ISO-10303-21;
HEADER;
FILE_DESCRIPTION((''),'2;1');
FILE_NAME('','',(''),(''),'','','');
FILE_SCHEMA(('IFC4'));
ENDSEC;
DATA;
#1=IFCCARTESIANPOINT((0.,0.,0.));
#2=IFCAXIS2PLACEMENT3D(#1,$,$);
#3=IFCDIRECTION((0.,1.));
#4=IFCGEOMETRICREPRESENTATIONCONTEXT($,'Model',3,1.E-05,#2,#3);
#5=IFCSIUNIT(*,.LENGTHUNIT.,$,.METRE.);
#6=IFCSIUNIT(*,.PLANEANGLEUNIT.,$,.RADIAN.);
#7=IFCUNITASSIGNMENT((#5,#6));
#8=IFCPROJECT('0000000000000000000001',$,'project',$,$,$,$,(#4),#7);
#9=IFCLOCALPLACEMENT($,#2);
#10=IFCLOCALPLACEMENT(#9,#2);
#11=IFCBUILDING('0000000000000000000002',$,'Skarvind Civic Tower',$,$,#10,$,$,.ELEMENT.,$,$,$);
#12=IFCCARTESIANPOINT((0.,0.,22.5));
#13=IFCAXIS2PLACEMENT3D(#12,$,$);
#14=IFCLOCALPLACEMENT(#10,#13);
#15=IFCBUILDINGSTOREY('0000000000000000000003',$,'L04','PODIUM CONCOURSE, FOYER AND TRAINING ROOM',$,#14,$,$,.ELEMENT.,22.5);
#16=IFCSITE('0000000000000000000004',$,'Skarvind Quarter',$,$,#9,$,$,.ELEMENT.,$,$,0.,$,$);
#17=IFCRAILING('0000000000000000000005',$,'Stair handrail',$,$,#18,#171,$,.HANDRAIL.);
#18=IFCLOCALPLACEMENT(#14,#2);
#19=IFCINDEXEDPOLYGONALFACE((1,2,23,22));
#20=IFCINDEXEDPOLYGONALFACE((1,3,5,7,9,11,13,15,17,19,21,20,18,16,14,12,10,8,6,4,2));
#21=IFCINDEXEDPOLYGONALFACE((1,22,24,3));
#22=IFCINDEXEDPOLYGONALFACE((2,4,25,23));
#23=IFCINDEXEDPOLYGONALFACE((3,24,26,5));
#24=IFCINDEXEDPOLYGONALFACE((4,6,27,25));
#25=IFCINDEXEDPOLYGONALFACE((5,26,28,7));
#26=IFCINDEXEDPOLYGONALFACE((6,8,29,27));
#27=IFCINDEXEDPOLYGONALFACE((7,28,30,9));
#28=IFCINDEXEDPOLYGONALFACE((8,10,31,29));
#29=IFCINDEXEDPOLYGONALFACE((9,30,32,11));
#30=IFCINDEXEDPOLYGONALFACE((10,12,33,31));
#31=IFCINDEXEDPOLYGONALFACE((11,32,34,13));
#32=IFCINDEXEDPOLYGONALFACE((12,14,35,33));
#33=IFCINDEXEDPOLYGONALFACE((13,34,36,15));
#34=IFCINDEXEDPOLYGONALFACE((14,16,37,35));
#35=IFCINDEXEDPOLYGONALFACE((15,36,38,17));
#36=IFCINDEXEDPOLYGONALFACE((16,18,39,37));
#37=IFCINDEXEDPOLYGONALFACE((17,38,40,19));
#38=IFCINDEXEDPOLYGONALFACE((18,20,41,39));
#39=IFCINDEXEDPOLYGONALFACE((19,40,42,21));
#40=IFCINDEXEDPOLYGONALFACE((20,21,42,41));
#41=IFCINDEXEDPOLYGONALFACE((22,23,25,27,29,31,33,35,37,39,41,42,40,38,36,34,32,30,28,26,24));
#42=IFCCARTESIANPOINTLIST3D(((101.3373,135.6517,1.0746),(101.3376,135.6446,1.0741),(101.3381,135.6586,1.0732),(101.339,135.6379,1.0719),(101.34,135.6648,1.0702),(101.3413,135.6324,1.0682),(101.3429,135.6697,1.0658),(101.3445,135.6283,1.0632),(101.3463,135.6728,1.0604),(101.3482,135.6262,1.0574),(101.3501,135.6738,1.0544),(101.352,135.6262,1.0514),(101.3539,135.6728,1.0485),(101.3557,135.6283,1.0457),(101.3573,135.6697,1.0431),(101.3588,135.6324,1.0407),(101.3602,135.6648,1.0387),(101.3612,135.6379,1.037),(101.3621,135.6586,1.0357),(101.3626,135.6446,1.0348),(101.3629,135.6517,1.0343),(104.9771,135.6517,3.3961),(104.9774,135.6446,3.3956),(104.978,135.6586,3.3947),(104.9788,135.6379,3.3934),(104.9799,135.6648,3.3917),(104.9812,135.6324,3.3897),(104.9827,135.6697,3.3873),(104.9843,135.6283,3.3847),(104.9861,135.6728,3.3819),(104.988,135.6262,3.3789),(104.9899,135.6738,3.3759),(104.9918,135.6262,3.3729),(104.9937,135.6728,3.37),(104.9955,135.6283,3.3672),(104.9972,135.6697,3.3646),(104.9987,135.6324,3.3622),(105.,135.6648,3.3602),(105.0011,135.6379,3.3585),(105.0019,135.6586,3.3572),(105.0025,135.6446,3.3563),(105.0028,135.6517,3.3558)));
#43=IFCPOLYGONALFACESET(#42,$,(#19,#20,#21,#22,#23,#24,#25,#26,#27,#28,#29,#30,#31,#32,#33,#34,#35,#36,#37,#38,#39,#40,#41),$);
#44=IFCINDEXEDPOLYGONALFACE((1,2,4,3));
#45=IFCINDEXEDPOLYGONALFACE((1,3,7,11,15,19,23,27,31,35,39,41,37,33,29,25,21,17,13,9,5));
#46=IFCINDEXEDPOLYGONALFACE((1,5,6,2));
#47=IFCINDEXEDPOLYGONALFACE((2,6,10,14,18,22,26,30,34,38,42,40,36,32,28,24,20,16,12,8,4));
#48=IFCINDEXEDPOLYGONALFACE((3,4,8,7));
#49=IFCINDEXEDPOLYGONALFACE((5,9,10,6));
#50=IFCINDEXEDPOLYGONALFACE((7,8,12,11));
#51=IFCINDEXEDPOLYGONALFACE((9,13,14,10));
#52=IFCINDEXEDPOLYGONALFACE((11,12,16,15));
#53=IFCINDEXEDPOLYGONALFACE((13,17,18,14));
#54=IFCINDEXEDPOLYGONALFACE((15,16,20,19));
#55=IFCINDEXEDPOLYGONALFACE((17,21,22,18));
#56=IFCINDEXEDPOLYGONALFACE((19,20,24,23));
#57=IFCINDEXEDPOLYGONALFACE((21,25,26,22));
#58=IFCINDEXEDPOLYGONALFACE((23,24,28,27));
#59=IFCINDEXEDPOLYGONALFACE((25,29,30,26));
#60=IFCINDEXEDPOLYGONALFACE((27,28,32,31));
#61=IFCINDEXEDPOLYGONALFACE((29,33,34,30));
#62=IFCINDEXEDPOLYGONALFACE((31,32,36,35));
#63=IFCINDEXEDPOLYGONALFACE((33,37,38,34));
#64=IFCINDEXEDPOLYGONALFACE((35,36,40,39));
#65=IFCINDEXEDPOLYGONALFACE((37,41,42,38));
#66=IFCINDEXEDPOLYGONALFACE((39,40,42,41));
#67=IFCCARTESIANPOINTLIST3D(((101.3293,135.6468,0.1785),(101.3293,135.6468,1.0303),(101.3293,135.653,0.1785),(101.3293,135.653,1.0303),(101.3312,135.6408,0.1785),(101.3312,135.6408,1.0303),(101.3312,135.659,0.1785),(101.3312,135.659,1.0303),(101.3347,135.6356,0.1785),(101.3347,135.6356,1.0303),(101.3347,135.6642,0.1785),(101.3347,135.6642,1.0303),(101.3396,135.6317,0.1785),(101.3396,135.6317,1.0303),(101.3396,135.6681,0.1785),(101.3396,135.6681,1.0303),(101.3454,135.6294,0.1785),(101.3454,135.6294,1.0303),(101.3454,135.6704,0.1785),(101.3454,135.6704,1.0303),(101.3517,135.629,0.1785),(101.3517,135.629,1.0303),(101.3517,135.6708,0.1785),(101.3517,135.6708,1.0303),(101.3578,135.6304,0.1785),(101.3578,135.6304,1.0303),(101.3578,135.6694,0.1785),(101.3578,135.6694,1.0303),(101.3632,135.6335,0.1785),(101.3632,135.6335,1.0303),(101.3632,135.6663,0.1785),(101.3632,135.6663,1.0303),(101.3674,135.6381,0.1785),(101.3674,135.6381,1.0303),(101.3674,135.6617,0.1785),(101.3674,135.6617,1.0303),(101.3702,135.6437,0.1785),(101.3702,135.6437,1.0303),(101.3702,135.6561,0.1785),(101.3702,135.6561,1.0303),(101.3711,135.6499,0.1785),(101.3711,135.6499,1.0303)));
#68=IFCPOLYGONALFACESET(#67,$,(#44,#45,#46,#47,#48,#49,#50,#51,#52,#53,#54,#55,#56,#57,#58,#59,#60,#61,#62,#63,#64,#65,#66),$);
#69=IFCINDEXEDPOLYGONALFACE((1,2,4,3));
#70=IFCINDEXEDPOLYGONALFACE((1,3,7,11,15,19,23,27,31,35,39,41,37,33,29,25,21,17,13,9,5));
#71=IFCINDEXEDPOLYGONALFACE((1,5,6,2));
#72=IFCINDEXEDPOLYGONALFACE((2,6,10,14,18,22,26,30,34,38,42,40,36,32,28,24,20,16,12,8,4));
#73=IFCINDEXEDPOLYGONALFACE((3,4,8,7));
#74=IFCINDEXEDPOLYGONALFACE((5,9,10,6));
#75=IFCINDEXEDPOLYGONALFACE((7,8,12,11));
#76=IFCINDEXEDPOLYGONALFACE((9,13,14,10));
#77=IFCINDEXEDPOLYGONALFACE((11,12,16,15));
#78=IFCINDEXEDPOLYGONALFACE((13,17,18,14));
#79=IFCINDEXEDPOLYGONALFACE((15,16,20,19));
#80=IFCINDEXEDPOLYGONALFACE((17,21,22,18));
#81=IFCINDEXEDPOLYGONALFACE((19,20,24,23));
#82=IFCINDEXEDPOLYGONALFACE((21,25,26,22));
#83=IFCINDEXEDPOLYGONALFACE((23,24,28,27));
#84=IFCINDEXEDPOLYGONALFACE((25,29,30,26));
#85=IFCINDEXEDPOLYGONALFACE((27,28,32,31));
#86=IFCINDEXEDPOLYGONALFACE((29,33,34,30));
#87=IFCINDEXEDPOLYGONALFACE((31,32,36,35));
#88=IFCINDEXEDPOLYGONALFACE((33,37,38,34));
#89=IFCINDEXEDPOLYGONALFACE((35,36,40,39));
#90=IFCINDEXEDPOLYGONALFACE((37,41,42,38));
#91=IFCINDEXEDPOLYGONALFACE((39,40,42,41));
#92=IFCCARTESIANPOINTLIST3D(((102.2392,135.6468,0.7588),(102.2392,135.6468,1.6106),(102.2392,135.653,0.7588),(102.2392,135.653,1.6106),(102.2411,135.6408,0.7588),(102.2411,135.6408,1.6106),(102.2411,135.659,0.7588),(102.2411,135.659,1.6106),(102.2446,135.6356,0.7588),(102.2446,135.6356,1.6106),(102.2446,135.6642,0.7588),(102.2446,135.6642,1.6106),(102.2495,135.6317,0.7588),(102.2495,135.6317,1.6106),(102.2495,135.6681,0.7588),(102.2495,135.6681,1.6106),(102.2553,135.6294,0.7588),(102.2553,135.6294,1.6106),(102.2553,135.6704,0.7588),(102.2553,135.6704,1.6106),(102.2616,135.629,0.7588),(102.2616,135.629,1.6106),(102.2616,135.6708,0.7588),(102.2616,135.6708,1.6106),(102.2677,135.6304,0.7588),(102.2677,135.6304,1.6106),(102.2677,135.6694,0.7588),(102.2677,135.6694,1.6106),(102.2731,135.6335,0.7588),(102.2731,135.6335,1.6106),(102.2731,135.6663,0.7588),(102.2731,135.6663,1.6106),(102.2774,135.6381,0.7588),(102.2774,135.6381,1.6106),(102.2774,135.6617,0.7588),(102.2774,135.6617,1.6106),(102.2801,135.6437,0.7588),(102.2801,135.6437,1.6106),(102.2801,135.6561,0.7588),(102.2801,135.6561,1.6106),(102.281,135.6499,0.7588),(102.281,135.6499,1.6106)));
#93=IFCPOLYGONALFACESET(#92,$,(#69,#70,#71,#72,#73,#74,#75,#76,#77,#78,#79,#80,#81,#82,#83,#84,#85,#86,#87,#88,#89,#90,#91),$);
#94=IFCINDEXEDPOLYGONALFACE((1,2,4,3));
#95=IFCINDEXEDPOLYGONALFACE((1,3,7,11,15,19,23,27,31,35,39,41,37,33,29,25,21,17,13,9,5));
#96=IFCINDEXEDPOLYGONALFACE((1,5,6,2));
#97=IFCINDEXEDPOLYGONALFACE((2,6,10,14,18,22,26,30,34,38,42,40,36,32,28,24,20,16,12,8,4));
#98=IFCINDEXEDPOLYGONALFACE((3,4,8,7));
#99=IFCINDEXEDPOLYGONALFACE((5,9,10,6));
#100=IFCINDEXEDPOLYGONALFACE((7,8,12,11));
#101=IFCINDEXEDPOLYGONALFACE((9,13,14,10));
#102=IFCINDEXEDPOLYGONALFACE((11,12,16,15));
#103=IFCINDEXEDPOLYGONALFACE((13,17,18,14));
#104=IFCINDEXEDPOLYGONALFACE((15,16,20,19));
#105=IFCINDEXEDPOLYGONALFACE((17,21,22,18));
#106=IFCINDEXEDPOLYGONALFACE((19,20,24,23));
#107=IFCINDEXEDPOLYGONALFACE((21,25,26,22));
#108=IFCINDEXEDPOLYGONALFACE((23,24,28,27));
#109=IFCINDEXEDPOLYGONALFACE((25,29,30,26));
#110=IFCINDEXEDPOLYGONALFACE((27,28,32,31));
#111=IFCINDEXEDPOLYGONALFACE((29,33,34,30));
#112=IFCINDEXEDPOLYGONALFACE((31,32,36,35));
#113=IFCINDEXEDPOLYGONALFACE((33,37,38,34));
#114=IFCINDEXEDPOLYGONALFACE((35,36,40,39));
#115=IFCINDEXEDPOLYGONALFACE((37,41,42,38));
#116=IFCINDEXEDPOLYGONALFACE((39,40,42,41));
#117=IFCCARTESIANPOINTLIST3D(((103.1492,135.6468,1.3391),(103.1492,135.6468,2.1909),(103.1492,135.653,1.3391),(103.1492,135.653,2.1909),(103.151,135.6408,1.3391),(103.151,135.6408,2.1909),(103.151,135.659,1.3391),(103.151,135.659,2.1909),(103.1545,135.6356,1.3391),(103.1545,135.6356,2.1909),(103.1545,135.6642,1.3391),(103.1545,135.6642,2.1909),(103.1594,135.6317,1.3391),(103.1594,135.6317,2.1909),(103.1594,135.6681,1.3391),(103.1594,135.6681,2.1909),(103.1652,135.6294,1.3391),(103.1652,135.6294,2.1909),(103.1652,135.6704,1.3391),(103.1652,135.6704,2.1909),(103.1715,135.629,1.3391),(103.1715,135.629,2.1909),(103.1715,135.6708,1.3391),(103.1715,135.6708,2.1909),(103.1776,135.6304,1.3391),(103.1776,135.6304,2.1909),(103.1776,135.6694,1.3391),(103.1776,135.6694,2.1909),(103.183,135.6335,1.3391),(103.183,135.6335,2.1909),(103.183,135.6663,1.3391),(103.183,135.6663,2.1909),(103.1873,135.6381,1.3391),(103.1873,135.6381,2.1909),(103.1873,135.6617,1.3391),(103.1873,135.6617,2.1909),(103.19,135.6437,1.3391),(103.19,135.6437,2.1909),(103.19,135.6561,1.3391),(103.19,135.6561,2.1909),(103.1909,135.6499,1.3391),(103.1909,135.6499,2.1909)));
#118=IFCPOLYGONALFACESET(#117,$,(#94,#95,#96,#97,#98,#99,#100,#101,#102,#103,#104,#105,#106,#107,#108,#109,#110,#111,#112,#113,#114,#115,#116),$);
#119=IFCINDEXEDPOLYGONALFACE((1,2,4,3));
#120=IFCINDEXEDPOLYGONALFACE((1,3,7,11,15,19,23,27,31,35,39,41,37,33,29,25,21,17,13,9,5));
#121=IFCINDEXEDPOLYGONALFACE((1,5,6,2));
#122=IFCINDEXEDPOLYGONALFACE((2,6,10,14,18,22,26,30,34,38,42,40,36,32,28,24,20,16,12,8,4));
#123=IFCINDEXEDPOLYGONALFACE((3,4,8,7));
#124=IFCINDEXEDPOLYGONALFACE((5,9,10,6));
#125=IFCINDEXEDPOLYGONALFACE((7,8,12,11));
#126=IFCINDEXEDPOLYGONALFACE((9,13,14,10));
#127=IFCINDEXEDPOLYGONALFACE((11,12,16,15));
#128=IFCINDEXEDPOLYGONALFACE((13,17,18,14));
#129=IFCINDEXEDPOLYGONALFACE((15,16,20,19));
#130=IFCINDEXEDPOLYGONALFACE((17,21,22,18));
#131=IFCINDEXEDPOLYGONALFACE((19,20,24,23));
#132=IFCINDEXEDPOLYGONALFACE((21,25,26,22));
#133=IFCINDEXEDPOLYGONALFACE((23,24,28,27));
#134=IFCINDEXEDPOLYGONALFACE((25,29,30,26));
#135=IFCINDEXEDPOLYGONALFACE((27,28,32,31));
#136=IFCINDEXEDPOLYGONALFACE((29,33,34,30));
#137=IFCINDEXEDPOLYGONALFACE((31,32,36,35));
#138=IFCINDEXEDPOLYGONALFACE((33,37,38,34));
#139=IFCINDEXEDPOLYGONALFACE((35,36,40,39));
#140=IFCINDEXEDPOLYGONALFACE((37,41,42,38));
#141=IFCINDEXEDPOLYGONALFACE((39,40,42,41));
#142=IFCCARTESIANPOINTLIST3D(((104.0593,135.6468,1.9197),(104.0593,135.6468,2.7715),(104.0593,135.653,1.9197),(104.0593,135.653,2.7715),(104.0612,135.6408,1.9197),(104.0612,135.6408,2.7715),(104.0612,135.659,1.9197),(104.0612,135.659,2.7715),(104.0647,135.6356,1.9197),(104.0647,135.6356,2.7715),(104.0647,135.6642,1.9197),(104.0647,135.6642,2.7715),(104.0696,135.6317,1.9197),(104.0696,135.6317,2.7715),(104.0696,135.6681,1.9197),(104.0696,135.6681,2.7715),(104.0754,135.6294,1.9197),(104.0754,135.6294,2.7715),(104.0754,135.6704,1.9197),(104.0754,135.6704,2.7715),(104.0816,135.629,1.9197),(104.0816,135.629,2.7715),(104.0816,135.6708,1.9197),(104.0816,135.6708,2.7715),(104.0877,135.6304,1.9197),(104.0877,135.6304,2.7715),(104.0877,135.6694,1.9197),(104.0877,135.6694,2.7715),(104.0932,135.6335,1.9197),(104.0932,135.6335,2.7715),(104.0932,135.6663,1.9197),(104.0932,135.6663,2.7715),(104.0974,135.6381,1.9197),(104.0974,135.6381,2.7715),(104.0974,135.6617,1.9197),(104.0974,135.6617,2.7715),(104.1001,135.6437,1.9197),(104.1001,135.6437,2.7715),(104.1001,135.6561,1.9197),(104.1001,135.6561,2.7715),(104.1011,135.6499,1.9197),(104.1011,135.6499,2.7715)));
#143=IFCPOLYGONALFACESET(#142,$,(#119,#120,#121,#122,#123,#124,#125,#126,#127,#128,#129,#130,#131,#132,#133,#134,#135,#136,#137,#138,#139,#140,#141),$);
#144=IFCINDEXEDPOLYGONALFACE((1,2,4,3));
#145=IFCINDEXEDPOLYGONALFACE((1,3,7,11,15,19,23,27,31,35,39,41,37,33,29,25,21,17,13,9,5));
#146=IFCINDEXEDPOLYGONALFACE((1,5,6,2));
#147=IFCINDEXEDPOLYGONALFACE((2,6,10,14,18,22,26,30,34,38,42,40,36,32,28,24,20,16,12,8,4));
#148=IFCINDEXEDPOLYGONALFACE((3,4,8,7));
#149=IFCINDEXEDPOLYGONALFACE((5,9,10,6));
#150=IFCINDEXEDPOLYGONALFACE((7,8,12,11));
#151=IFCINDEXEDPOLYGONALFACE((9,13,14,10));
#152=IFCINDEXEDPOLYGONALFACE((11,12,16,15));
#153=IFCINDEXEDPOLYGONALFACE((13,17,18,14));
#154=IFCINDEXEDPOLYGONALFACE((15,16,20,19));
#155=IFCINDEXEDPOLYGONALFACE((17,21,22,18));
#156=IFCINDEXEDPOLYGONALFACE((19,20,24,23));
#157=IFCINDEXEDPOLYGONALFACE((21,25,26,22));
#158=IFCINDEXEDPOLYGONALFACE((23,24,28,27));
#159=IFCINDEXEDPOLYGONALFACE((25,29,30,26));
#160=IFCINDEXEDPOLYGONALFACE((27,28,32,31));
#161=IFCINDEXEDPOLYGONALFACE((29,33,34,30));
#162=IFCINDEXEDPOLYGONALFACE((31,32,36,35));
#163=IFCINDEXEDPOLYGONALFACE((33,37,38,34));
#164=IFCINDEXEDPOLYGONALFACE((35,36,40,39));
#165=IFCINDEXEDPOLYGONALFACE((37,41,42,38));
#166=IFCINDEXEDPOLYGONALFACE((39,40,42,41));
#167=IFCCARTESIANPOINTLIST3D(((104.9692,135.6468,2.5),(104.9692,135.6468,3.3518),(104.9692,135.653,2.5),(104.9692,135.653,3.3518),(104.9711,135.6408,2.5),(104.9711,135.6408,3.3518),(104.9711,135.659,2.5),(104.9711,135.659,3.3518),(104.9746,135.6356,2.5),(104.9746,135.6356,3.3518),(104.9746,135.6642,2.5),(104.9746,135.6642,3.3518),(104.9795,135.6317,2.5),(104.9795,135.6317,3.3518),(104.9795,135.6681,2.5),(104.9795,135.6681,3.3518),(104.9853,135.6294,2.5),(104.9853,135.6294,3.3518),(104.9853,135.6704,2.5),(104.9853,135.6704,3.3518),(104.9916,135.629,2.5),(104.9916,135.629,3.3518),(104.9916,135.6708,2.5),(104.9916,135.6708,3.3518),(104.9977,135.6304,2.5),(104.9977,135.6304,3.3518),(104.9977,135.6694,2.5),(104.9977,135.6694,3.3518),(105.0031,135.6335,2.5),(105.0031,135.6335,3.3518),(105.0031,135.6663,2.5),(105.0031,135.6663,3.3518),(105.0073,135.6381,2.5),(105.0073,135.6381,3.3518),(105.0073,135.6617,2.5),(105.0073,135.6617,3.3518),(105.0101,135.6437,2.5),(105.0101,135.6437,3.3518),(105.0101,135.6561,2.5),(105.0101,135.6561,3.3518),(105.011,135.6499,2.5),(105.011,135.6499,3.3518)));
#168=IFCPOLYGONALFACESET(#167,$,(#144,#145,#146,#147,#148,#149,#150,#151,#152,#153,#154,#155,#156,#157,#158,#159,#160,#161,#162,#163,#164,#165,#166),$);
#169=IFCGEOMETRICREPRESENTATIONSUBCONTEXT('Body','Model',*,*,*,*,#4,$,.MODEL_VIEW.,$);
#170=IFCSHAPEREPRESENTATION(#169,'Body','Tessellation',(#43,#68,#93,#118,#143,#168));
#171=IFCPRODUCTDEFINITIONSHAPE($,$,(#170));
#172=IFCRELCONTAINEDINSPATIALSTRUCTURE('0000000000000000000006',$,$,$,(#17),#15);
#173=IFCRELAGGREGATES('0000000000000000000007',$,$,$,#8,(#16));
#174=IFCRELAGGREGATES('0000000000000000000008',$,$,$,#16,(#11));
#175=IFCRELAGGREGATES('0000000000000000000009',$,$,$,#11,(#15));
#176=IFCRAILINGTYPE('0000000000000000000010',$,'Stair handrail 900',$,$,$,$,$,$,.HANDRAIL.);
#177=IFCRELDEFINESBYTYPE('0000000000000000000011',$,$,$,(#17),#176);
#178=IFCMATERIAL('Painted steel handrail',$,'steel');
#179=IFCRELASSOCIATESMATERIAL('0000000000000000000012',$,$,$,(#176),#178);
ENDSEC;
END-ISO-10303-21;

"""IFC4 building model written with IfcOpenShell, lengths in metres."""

from ifc_helpers import new_model, si_unit, direction, frame, origin, origin_2d, place, context, subcontext, project, spatial, circle, extrude, material, type_object, element, save


model = new_model("IFC4")

# Units and contexts
model_context = context("Model", 3, precision=1e-05, world=origin(), true_north=direction((0.0, 1.0)))
body_context = subcontext(model_context, "Body", "Model", "MODEL_VIEW")
ifc_project = project(units=[si_unit("LENGTHUNIT", "METRE"), si_unit("PLANEANGLEUNIT", "RADIAN")], contexts=[model_context])

# Site, building, storey
site_placement = place(None, origin())
site = spatial("IfcSite", under=ifc_project, at=site_placement, Name="Skarvind Quarter", CompositionType="ELEMENT", RefElevation=0.0)
building_placement = place(site_placement, origin())
building = spatial("IfcBuilding", under=site, at=building_placement, Name="Skarvind Civic Tower", CompositionType="ELEMENT")
storey_placement = place(building_placement, frame((0.0, 0.0, 22.5)))
storey = spatial("IfcBuildingStorey", under=building, at=storey_placement, Name="L04", Description="PODIUM CONCOURSE, FOYER AND TRAINING ROOM", CompositionType="ELEMENT", Elevation=22.5)

# Railing
ifc_material_1 = material(Name="Painted steel handrail", Category="steel")
railing_type = type_object("IfcRailingType", Name="Stair handrail 900", PredefinedType="HANDRAIL", material=ifc_material_1)
railing_placement = place(storey_placement, frame((101.3501, 135.6499, 0.1785)))
element("IfcRailing", 1, at=railing_placement, inside=storey, type_object=railing_type, Name="Stair handrail", PredefinedType="HANDRAIL", context=body_context, shape_type="SweptSolid", body=[
    extrude(circle(Radius=0.0239, at=origin_2d()), frame((0.0, 0.0, 0.876), z_axis=(0.843112, 0.0, 0.537739), x_axis=(0.0, 1.0, 0.0)), (0.0, 0.0, 1.0), 4.3171),
    extrude(circle(Radius=0.021, at=origin_2d()), origin(), (0.0, 0.0, 1.0), 0.8518),
    extrude(circle(Radius=0.021, at=origin_2d()), frame((0.9099, 0.0, 0.5803)), (0.0, 0.0, 1.0), 0.8518),
    extrude(circle(Radius=0.021, at=origin_2d()), frame((1.8198, 0.0, 1.1606)), (0.0, 0.0, 1.0), 0.8518),
    extrude(circle(Radius=0.021, at=origin_2d()), frame((2.73, 0.0, 1.7412)), (0.0, 0.0, 1.0), 0.8518),
    extrude(circle(Radius=0.021, at=origin_2d()), frame((3.6399, 0.0, 2.3215)), (0.0, 0.0, 1.0), 0.8518),
])

save(model, "model.ifc")
